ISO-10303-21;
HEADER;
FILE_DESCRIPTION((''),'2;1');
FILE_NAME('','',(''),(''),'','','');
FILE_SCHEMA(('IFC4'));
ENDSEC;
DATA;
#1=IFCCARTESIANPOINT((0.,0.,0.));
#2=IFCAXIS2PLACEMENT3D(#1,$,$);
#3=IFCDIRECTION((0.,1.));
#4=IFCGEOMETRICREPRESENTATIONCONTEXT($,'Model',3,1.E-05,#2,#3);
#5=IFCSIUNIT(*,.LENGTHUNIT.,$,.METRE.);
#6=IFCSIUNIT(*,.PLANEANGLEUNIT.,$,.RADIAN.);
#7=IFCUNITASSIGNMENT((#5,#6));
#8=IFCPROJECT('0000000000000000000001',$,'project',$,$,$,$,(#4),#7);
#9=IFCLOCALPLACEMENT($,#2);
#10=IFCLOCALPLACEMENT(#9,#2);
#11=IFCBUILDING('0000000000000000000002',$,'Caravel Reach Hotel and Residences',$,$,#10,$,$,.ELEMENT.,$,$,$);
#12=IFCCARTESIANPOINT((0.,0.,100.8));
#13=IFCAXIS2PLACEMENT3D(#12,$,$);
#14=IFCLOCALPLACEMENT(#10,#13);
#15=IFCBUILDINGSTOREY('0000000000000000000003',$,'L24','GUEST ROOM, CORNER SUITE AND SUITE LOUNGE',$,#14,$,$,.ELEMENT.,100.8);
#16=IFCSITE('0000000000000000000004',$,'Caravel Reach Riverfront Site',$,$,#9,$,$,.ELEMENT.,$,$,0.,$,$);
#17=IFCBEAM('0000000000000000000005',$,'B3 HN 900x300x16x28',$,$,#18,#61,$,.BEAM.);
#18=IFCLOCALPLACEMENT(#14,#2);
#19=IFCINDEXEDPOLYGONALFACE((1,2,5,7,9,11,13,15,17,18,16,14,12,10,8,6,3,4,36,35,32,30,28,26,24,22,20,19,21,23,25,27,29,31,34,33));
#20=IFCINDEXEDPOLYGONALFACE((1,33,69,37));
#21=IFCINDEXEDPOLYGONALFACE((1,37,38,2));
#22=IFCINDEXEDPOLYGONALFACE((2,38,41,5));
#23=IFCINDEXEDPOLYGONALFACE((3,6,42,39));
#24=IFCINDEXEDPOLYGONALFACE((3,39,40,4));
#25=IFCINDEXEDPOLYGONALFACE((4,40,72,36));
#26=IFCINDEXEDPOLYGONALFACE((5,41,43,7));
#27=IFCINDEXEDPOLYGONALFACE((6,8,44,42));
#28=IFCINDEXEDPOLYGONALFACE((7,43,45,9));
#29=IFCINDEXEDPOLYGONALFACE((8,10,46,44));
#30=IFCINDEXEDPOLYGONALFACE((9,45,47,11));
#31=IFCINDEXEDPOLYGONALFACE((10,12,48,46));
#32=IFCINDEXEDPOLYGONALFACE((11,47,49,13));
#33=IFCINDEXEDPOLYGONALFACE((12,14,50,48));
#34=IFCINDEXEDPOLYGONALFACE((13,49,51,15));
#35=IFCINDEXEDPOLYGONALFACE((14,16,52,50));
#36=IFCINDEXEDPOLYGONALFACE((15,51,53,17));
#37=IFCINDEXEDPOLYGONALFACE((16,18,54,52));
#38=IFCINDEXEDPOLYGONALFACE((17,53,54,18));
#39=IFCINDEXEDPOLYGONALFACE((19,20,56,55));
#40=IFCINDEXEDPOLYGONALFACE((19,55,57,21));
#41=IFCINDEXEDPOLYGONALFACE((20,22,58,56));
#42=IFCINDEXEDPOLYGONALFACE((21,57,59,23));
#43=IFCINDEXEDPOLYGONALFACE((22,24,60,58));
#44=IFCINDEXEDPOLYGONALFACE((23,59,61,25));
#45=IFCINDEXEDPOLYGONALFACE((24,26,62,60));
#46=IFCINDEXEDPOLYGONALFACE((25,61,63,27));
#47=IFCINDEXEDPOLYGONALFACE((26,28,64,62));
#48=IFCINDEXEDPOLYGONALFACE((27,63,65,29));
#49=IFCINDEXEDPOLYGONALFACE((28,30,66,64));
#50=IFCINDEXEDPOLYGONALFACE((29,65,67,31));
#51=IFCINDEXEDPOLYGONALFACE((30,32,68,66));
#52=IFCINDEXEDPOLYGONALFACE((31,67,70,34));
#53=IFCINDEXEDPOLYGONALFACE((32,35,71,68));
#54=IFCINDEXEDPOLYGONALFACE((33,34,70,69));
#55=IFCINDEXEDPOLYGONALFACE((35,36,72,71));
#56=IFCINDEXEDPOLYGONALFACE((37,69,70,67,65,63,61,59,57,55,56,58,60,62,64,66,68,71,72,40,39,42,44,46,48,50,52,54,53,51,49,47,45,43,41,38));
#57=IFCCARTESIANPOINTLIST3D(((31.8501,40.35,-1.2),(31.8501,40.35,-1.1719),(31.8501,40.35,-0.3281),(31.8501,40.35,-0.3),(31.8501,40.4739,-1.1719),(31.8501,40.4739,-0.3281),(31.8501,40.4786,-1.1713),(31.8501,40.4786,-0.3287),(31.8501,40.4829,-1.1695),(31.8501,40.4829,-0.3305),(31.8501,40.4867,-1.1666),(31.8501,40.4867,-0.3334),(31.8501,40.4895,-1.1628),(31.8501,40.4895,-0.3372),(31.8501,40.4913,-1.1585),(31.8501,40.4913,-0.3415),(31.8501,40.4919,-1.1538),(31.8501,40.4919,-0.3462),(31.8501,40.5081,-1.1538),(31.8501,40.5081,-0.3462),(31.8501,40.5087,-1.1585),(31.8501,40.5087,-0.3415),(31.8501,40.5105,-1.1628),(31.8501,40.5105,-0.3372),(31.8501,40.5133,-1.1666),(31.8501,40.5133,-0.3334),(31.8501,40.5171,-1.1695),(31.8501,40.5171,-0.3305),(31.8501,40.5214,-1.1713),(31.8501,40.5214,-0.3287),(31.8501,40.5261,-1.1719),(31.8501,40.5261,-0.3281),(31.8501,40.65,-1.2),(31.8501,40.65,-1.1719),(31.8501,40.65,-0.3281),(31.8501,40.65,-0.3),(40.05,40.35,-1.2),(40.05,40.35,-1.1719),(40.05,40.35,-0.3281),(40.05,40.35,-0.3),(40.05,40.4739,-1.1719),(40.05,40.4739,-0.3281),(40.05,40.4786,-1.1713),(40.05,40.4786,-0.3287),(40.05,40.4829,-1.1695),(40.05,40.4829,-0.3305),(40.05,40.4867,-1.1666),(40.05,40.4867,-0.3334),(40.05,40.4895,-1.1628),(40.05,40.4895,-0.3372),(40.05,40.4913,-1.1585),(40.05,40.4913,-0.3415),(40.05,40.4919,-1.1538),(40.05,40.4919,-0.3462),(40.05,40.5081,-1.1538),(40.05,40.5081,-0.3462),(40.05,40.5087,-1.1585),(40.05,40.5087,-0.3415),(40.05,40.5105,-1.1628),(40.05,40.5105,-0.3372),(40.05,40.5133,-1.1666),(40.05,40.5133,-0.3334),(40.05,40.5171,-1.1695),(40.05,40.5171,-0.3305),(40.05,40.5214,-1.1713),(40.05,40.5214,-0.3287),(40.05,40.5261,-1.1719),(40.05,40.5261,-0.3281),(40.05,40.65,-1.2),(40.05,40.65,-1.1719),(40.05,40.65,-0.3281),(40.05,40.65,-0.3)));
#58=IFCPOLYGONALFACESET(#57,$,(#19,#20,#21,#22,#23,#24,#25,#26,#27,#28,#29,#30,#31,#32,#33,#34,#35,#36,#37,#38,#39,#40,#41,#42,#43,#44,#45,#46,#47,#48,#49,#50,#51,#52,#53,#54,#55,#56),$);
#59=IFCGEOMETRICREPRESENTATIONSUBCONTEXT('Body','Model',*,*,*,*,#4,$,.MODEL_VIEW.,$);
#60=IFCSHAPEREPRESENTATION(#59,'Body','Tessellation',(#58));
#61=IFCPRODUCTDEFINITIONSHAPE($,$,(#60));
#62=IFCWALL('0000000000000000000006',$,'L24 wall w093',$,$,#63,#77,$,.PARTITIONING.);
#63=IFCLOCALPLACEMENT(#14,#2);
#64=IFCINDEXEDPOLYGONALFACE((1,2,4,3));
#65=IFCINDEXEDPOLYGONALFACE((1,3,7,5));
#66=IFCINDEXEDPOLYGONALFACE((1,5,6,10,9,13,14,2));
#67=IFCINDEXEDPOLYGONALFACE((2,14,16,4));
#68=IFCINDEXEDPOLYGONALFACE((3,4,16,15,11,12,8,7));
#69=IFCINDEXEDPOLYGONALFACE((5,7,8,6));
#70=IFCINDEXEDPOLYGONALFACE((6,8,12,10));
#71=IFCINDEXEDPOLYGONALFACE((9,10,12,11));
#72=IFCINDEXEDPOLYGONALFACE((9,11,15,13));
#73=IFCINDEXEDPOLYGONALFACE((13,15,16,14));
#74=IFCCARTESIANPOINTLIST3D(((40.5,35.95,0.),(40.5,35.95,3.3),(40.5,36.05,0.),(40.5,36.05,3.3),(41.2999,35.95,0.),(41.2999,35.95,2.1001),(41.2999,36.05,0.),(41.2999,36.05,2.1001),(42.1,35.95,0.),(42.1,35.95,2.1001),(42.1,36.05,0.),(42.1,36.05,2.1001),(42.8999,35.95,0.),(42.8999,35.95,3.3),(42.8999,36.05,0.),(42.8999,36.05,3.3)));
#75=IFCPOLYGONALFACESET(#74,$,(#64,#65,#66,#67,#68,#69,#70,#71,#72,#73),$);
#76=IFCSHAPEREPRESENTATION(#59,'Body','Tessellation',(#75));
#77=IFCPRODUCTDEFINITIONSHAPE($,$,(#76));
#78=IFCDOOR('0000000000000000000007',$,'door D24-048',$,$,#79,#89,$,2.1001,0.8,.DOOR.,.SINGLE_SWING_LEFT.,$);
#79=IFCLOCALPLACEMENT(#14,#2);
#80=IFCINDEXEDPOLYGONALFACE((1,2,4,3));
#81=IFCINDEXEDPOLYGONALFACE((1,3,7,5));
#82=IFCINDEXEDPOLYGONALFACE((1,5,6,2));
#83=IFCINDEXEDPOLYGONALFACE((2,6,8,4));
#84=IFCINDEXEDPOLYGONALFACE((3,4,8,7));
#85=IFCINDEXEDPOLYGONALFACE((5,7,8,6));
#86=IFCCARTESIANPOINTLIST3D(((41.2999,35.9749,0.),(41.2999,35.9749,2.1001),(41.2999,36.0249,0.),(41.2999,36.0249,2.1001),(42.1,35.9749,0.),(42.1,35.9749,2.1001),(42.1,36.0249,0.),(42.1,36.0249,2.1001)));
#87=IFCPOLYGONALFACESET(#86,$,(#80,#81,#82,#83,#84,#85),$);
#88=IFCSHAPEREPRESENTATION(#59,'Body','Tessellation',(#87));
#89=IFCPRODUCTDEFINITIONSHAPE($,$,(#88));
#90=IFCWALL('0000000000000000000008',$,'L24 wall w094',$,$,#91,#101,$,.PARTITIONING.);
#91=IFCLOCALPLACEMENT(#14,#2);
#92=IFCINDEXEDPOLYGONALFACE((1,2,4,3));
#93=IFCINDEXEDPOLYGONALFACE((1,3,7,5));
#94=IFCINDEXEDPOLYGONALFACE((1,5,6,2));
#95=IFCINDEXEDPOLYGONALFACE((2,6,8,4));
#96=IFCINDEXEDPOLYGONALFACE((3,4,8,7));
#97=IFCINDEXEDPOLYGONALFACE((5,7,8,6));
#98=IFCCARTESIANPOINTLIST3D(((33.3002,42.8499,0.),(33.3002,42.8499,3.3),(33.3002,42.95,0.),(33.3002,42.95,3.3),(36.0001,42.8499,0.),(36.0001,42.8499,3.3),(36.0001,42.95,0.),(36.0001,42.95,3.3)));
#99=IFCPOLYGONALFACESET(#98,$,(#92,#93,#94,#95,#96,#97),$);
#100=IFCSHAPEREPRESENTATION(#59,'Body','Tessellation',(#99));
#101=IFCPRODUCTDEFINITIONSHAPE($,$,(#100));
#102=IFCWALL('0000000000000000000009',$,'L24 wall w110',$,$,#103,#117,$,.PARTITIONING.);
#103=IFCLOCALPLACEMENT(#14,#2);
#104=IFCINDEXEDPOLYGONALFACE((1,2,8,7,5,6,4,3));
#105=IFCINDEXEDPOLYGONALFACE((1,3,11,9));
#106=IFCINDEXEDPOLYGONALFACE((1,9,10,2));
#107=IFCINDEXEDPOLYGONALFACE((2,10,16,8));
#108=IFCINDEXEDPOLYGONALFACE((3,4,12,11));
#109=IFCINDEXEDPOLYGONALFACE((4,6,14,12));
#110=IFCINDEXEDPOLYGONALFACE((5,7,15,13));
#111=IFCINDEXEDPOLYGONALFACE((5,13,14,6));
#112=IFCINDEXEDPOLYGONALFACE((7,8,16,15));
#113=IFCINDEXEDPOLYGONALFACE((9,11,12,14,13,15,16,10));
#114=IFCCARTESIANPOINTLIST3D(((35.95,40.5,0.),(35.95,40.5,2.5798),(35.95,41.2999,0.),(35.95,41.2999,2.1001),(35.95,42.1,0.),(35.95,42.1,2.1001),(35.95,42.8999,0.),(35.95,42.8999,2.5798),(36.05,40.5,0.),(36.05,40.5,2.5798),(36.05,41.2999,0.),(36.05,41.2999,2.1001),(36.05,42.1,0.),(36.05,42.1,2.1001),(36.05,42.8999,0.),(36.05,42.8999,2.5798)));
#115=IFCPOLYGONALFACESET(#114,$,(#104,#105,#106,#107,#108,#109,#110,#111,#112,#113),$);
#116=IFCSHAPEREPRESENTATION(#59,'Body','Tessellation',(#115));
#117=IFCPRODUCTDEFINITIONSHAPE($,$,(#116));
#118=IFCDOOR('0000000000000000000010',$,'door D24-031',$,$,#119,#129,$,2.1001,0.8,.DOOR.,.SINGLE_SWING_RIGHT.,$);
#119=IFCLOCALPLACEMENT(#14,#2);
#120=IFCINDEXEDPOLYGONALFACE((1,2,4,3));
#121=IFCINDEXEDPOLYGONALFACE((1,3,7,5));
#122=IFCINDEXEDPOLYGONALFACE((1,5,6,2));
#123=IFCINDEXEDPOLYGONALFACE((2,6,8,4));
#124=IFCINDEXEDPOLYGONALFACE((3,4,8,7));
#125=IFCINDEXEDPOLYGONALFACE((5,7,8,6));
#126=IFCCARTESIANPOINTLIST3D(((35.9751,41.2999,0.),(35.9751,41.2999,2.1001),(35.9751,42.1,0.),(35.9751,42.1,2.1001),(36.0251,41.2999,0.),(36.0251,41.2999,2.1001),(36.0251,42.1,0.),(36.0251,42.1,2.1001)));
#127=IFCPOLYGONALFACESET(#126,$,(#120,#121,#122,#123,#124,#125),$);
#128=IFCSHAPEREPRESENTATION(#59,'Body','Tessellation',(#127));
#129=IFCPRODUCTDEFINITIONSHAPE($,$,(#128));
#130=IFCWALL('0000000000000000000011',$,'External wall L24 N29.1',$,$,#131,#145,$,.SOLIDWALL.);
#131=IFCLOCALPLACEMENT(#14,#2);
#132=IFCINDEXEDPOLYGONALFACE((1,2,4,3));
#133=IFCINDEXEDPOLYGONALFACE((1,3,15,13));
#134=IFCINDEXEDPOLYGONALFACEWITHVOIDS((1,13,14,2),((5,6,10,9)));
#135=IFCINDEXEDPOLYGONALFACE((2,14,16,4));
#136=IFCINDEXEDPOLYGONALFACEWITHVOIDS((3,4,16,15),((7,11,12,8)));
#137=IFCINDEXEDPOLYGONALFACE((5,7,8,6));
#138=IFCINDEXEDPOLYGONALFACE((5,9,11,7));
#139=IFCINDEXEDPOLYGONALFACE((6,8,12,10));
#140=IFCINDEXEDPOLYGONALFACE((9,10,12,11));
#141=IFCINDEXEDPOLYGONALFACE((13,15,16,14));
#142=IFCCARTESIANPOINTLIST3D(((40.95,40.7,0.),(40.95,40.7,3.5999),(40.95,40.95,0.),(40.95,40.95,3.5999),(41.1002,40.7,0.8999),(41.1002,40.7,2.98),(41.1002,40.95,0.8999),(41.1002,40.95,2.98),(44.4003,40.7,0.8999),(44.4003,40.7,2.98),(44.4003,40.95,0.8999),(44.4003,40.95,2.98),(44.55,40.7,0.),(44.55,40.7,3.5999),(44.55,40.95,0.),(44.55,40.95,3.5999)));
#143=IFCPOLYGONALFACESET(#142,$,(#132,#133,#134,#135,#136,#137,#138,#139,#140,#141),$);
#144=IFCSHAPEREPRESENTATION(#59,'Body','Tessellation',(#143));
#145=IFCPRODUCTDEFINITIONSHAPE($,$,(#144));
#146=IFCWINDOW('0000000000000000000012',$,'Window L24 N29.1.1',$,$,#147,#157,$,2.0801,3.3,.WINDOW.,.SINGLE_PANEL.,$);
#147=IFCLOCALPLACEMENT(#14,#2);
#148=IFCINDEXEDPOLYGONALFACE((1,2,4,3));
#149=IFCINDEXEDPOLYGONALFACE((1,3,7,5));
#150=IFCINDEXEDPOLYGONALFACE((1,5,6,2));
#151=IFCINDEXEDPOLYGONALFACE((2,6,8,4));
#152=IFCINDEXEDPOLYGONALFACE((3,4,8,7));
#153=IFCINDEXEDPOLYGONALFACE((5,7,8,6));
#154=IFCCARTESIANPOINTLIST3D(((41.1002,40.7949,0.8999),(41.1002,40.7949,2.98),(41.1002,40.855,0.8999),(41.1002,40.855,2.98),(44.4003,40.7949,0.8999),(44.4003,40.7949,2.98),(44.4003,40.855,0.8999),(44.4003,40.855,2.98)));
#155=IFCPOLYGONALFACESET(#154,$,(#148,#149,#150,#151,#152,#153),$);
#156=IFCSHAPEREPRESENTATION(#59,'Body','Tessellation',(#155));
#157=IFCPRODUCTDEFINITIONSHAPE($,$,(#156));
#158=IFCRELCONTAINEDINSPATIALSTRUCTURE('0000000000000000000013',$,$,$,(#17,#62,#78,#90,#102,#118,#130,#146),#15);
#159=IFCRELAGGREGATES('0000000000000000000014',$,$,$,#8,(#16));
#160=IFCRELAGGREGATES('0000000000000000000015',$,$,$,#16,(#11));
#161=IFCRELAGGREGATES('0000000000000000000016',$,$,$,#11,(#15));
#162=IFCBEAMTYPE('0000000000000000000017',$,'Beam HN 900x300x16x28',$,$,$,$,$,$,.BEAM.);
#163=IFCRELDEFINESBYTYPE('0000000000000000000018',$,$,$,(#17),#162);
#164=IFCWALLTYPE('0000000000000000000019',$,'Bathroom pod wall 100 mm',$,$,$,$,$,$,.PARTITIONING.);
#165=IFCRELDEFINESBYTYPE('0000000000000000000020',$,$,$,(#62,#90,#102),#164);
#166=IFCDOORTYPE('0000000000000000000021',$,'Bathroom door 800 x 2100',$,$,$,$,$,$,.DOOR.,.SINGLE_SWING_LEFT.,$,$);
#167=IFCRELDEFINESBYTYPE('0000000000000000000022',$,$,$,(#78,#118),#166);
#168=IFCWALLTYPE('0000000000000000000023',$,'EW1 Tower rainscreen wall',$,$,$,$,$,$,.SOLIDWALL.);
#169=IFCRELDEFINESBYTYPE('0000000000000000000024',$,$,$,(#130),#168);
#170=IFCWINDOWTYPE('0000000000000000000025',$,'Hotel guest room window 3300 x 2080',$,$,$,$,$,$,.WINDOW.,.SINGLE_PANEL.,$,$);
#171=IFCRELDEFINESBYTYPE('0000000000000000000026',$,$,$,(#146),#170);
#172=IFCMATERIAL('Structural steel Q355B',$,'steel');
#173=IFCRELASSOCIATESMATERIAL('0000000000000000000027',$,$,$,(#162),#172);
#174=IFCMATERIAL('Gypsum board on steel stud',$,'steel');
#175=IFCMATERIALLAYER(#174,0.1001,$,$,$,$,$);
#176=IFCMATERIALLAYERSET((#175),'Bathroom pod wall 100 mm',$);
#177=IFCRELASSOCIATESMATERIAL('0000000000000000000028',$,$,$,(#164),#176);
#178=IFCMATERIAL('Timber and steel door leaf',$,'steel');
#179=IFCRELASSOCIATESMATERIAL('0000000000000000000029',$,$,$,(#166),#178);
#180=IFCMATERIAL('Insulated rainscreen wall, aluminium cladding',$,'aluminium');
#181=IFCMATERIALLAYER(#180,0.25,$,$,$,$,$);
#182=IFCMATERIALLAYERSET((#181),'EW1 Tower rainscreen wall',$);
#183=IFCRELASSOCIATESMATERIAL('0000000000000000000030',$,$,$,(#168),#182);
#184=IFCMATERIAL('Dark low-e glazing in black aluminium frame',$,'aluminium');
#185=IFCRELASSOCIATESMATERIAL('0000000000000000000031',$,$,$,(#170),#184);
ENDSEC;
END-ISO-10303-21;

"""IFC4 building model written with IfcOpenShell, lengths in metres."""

from ifc_helpers import new_model, si_unit, direction, frame, frame_2d, origin, origin_2d, place, context, subcontext, project, spatial, rectangle, i_section, extrude, material, layer, layer_set, material_profile, profile_set, type_object, element, fill, save


model = new_model("IFC4")

# Units and contexts
model_context = context("Model", 3, precision=1e-05, world=origin(), true_north=direction((0.0, 1.0)))
body_context = subcontext(model_context, "Body", "Model", "MODEL_VIEW")
ifc_project = project(units=[si_unit("LENGTHUNIT", "METRE"), si_unit("PLANEANGLEUNIT", "RADIAN")], contexts=[model_context])

# Site, building, storey
site_placement = place(None, origin())
site = spatial("IfcSite", under=ifc_project, at=site_placement, Name="Caravel Reach Riverfront Site", CompositionType="ELEMENT", RefElevation=0.0)
building_placement = place(site_placement, origin())
building = spatial("IfcBuilding", under=site, at=building_placement, Name="Caravel Reach Hotel and Residences", CompositionType="ELEMENT")
storey_placement = place(building_placement, frame((0.0, 0.0, 100.8)))
storey = spatial("IfcBuildingStorey", under=building, at=storey_placement, Name="L24", Description="GUEST ROOM, CORNER SUITE AND SUITE LOUNGE", CompositionType="ELEMENT", Elevation=100.8)

# Beam
ifc_material_1 = material(Name="Structural steel Q355B", Category="steel")
ifc_material_profile_1 = material_profile(ifc_material_1, i_section(OverallWidth=0.3, OverallDepth=0.8999, WebThickness=0.0161, FlangeThickness=0.0281, FilletRadius=0.0181, at=origin_2d()), Name="HN 900x300x16x28")
ifc_profile_set_1 = profile_set([ifc_material_profile_1], Name="Structural steel Q355B")
beam_type_1 = type_object("IfcBeamType", Name="Beam HN 900x300x16x28", PredefinedType="BEAM", material=ifc_profile_set_1)
beam_1_placement = place(storey_placement, frame((31.8501, 40.5, -0.75), z_axis=(1.0, 0.0, 0.0), x_axis=(0.0, 1.0, 0.0)))
element("IfcBeam", 1, at=beam_1_placement, inside=storey, type_object=beam_type_1, Name="B3 HN 900x300x16x28", PredefinedType="BEAM", context=body_context, shape_type="SweptSolid", body=[
    extrude(i_section(OverallWidth=0.3, OverallDepth=0.8999, WebThickness=0.0161, FlangeThickness=0.0281, FilletRadius=0.0181, at=origin_2d()), origin(), (0.0, 0.0, 1.0), 8.2),
])

# Wall, opening, door
ifc_material_2 = material(Name="Gypsum board on steel stud", Category="steel")
ifc_layer_1 = layer(ifc_material_2, 0.1001)
ifc_layer_set_1 = layer_set([ifc_layer_1], Name="Bathroom pod wall 100 mm")
wall_type_1 = type_object("IfcWallType", Name="Bathroom pod wall 100 mm", PredefinedType="PARTITIONING", material=ifc_layer_set_1)
wall_1_placement = place(storey_placement, frame((40.5, 36.0, 0.0), z_axis=(0.0, 0.0, 1.0), x_axis=(1.0, 0.0, 0.0)))
wall_1 = element("IfcWall", 2, at=wall_1_placement, inside=storey, type_object=wall_type_1, Name="L24 wall w093", PredefinedType="PARTITIONING", context=body_context, shape_type="SweptSolid", body=[
    extrude(rectangle(XDim=2.3999, YDim=0.1001, at=frame_2d((1.2, 0.0))), origin(), (0.0, 0.0, 1.0), 3.3),
])
opening_1_placement = place(wall_1_placement, frame((0.8, 0.0, 0.0)))
opening_1 = element("IfcOpeningElement", 3, at=opening_1_placement, cuts=wall_1, PredefinedType="OPENING", context=body_context, shape_type="SweptSolid", body=[
    extrude(rectangle(XDim=0.8, YDim=2.1001, at=frame_2d((0.3999, 1.05))), frame((0.0, 0.0601, 0.0), z_axis=(0.0, -1.0, 0.0), x_axis=(1.0, 0.0, 0.0)), (0.0, 0.0, 1.0), 0.1201),
])
ifc_material_3 = material(Name="Timber and steel door leaf", Category="steel")
door_type = type_object("IfcDoorType", Name="Bathroom door 800 x 2100", OperationType="SINGLE_SWING_LEFT", PredefinedType="DOOR", material=ifc_material_3)
door_1_placement = place(opening_1_placement, origin())
door_1 = element("IfcDoor", 4, at=door_1_placement, inside=storey, type_object=door_type, Name="door D24-048", OperationType="SINGLE_SWING_LEFT", OverallHeight=2.1001, OverallWidth=0.8, PredefinedType="DOOR", context=body_context, shape_type="SweptSolid", body=[
    extrude(rectangle(XDim=0.8, YDim=2.1001, at=frame_2d((0.3999, 1.05))), frame((0.0, 0.0249, 0.0), z_axis=(0.0, -1.0, 0.0), x_axis=(1.0, 0.0, 0.0)), (0.0, 0.0, 1.0), 0.05),
])
fill(opening_1, door_1)

# Wall
wall_2_placement = place(storey_placement, frame((33.3, 42.8999, 0.0), z_axis=(0.0, 0.0, 1.0), x_axis=(1.0, 0.0, 0.0)))
element("IfcWall", 5, at=wall_2_placement, inside=storey, type_object=wall_type_1, Name="L24 wall w094", PredefinedType="PARTITIONING", context=body_context, shape_type="SweptSolid", body=[
    extrude(rectangle(XDim=2.7, YDim=0.1001, at=frame_2d((1.3501, 0.0))), origin(), (0.0, 0.0, 1.0), 3.3),
])

# Wall, opening, door
wall_3_placement = place(storey_placement, frame((36.0, 40.5, 0.0), z_axis=(0.0, 0.0, 1.0), x_axis=(0.0, 1.0, 0.0)))
wall_3 = element("IfcWall", 6, at=wall_3_placement, inside=storey, type_object=wall_type_1, Name="L24 wall w110", PredefinedType="PARTITIONING", context=body_context, shape_type="SweptSolid", body=[
    extrude(rectangle(XDim=2.3999, YDim=0.1001, at=frame_2d((1.2, 0.0))), origin(), (0.0, 0.0, 1.0), 2.5798),
])
opening_2_placement = place(wall_3_placement, frame((0.8, 0.0, 0.0)))
opening_2 = element("IfcOpeningElement", 7, at=opening_2_placement, cuts=wall_3, PredefinedType="OPENING", context=body_context, shape_type="SweptSolid", body=[
    extrude(rectangle(XDim=0.8, YDim=2.1001, at=frame_2d((0.3999, 1.05))), frame((0.0, 0.0601, 0.0), z_axis=(0.0, -1.0, 0.0), x_axis=(1.0, 0.0, 0.0)), (0.0, 0.0, 1.0), 0.1201),
])
door_2_placement = place(opening_2_placement, origin())
door_2 = element("IfcDoor", 8, at=door_2_placement, inside=storey, type_object=door_type, Name="door D24-031", OperationType="SINGLE_SWING_RIGHT", OverallHeight=2.1001, OverallWidth=0.8, PredefinedType="DOOR", context=body_context, shape_type="SweptSolid", body=[
    extrude(rectangle(XDim=0.8, YDim=2.1001, at=frame_2d((0.3999, 1.05))), frame((0.0, 0.0249, 0.0), z_axis=(0.0, -1.0, 0.0), x_axis=(1.0, 0.0, 0.0)), (0.0, 0.0, 1.0), 0.05),
])
fill(opening_2, door_2)

# Wall, opening, window
ifc_material_4 = material(Name="Insulated rainscreen wall, aluminium cladding", Category="aluminium")
ifc_layer_2 = layer(ifc_material_4, 0.25)
ifc_layer_set_2 = layer_set([ifc_layer_2], Name="EW1 Tower rainscreen wall")
wall_type_2 = type_object("IfcWallType", Name="EW1 Tower rainscreen wall", PredefinedType="SOLIDWALL", material=ifc_layer_set_2)
wall_4_placement = place(storey_placement, frame((44.55, 40.825, 0.0), z_axis=(0.0, 0.0, 1.0), x_axis=(-1.0, 0.0, 0.0)))
wall_4 = element("IfcWall", 9, at=wall_4_placement, inside=storey, type_object=wall_type_2, Name="External wall L24 N29.1", PredefinedType="SOLIDWALL", context=body_context, shape_type="SweptSolid", body=[
    extrude(rectangle(XDim=3.6001, YDim=0.25, at=frame_2d((1.8, 0.0))), origin(), (0.0, 0.0, 1.0), 3.5999),
])
opening_3_placement = place(wall_4_placement, frame((0.1499, 0.0, 0.8999)))
opening_3 = element("IfcOpeningElement", 10, at=opening_3_placement, cuts=wall_4, PredefinedType="OPENING", context=body_context, shape_type="SweptSolid", body=[
    extrude(rectangle(XDim=3.3, YDim=2.0801, at=frame_2d((1.6499, 1.04))), frame((0.0, 0.135, 0.0), z_axis=(0.0, -1.0, 0.0), x_axis=(1.0, 0.0, 0.0)), (0.0, 0.0, 1.0), 0.27),
])
ifc_material_5 = material(Name="Dark low-e glazing in black aluminium frame", Category="aluminium")
window_type = type_object("IfcWindowType", Name="Hotel guest room window 3300 x 2080", PartitioningType="SINGLE_PANEL", PredefinedType="WINDOW", material=ifc_material_5)
window_1_placement = place(opening_3_placement, origin())
window_1 = element("IfcWindow", 11, at=window_1_placement, inside=storey, type_object=window_type, Name="Window L24 N29.1.1", OverallHeight=2.0801, OverallWidth=3.3, PartitioningType="SINGLE_PANEL", PredefinedType="WINDOW", context=body_context, shape_type="SweptSolid", body=[
    extrude(rectangle(XDim=3.3, YDim=2.0801, at=frame_2d((1.6499, 1.04))), frame((0.0, 0.03, 0.0), z_axis=(0.0, -1.0, 0.0), x_axis=(1.0, 0.0, 0.0)), (0.0, 0.0, 1.0), 0.0601),
])
fill(opening_3, window_1)

save(model, "model.ifc")
